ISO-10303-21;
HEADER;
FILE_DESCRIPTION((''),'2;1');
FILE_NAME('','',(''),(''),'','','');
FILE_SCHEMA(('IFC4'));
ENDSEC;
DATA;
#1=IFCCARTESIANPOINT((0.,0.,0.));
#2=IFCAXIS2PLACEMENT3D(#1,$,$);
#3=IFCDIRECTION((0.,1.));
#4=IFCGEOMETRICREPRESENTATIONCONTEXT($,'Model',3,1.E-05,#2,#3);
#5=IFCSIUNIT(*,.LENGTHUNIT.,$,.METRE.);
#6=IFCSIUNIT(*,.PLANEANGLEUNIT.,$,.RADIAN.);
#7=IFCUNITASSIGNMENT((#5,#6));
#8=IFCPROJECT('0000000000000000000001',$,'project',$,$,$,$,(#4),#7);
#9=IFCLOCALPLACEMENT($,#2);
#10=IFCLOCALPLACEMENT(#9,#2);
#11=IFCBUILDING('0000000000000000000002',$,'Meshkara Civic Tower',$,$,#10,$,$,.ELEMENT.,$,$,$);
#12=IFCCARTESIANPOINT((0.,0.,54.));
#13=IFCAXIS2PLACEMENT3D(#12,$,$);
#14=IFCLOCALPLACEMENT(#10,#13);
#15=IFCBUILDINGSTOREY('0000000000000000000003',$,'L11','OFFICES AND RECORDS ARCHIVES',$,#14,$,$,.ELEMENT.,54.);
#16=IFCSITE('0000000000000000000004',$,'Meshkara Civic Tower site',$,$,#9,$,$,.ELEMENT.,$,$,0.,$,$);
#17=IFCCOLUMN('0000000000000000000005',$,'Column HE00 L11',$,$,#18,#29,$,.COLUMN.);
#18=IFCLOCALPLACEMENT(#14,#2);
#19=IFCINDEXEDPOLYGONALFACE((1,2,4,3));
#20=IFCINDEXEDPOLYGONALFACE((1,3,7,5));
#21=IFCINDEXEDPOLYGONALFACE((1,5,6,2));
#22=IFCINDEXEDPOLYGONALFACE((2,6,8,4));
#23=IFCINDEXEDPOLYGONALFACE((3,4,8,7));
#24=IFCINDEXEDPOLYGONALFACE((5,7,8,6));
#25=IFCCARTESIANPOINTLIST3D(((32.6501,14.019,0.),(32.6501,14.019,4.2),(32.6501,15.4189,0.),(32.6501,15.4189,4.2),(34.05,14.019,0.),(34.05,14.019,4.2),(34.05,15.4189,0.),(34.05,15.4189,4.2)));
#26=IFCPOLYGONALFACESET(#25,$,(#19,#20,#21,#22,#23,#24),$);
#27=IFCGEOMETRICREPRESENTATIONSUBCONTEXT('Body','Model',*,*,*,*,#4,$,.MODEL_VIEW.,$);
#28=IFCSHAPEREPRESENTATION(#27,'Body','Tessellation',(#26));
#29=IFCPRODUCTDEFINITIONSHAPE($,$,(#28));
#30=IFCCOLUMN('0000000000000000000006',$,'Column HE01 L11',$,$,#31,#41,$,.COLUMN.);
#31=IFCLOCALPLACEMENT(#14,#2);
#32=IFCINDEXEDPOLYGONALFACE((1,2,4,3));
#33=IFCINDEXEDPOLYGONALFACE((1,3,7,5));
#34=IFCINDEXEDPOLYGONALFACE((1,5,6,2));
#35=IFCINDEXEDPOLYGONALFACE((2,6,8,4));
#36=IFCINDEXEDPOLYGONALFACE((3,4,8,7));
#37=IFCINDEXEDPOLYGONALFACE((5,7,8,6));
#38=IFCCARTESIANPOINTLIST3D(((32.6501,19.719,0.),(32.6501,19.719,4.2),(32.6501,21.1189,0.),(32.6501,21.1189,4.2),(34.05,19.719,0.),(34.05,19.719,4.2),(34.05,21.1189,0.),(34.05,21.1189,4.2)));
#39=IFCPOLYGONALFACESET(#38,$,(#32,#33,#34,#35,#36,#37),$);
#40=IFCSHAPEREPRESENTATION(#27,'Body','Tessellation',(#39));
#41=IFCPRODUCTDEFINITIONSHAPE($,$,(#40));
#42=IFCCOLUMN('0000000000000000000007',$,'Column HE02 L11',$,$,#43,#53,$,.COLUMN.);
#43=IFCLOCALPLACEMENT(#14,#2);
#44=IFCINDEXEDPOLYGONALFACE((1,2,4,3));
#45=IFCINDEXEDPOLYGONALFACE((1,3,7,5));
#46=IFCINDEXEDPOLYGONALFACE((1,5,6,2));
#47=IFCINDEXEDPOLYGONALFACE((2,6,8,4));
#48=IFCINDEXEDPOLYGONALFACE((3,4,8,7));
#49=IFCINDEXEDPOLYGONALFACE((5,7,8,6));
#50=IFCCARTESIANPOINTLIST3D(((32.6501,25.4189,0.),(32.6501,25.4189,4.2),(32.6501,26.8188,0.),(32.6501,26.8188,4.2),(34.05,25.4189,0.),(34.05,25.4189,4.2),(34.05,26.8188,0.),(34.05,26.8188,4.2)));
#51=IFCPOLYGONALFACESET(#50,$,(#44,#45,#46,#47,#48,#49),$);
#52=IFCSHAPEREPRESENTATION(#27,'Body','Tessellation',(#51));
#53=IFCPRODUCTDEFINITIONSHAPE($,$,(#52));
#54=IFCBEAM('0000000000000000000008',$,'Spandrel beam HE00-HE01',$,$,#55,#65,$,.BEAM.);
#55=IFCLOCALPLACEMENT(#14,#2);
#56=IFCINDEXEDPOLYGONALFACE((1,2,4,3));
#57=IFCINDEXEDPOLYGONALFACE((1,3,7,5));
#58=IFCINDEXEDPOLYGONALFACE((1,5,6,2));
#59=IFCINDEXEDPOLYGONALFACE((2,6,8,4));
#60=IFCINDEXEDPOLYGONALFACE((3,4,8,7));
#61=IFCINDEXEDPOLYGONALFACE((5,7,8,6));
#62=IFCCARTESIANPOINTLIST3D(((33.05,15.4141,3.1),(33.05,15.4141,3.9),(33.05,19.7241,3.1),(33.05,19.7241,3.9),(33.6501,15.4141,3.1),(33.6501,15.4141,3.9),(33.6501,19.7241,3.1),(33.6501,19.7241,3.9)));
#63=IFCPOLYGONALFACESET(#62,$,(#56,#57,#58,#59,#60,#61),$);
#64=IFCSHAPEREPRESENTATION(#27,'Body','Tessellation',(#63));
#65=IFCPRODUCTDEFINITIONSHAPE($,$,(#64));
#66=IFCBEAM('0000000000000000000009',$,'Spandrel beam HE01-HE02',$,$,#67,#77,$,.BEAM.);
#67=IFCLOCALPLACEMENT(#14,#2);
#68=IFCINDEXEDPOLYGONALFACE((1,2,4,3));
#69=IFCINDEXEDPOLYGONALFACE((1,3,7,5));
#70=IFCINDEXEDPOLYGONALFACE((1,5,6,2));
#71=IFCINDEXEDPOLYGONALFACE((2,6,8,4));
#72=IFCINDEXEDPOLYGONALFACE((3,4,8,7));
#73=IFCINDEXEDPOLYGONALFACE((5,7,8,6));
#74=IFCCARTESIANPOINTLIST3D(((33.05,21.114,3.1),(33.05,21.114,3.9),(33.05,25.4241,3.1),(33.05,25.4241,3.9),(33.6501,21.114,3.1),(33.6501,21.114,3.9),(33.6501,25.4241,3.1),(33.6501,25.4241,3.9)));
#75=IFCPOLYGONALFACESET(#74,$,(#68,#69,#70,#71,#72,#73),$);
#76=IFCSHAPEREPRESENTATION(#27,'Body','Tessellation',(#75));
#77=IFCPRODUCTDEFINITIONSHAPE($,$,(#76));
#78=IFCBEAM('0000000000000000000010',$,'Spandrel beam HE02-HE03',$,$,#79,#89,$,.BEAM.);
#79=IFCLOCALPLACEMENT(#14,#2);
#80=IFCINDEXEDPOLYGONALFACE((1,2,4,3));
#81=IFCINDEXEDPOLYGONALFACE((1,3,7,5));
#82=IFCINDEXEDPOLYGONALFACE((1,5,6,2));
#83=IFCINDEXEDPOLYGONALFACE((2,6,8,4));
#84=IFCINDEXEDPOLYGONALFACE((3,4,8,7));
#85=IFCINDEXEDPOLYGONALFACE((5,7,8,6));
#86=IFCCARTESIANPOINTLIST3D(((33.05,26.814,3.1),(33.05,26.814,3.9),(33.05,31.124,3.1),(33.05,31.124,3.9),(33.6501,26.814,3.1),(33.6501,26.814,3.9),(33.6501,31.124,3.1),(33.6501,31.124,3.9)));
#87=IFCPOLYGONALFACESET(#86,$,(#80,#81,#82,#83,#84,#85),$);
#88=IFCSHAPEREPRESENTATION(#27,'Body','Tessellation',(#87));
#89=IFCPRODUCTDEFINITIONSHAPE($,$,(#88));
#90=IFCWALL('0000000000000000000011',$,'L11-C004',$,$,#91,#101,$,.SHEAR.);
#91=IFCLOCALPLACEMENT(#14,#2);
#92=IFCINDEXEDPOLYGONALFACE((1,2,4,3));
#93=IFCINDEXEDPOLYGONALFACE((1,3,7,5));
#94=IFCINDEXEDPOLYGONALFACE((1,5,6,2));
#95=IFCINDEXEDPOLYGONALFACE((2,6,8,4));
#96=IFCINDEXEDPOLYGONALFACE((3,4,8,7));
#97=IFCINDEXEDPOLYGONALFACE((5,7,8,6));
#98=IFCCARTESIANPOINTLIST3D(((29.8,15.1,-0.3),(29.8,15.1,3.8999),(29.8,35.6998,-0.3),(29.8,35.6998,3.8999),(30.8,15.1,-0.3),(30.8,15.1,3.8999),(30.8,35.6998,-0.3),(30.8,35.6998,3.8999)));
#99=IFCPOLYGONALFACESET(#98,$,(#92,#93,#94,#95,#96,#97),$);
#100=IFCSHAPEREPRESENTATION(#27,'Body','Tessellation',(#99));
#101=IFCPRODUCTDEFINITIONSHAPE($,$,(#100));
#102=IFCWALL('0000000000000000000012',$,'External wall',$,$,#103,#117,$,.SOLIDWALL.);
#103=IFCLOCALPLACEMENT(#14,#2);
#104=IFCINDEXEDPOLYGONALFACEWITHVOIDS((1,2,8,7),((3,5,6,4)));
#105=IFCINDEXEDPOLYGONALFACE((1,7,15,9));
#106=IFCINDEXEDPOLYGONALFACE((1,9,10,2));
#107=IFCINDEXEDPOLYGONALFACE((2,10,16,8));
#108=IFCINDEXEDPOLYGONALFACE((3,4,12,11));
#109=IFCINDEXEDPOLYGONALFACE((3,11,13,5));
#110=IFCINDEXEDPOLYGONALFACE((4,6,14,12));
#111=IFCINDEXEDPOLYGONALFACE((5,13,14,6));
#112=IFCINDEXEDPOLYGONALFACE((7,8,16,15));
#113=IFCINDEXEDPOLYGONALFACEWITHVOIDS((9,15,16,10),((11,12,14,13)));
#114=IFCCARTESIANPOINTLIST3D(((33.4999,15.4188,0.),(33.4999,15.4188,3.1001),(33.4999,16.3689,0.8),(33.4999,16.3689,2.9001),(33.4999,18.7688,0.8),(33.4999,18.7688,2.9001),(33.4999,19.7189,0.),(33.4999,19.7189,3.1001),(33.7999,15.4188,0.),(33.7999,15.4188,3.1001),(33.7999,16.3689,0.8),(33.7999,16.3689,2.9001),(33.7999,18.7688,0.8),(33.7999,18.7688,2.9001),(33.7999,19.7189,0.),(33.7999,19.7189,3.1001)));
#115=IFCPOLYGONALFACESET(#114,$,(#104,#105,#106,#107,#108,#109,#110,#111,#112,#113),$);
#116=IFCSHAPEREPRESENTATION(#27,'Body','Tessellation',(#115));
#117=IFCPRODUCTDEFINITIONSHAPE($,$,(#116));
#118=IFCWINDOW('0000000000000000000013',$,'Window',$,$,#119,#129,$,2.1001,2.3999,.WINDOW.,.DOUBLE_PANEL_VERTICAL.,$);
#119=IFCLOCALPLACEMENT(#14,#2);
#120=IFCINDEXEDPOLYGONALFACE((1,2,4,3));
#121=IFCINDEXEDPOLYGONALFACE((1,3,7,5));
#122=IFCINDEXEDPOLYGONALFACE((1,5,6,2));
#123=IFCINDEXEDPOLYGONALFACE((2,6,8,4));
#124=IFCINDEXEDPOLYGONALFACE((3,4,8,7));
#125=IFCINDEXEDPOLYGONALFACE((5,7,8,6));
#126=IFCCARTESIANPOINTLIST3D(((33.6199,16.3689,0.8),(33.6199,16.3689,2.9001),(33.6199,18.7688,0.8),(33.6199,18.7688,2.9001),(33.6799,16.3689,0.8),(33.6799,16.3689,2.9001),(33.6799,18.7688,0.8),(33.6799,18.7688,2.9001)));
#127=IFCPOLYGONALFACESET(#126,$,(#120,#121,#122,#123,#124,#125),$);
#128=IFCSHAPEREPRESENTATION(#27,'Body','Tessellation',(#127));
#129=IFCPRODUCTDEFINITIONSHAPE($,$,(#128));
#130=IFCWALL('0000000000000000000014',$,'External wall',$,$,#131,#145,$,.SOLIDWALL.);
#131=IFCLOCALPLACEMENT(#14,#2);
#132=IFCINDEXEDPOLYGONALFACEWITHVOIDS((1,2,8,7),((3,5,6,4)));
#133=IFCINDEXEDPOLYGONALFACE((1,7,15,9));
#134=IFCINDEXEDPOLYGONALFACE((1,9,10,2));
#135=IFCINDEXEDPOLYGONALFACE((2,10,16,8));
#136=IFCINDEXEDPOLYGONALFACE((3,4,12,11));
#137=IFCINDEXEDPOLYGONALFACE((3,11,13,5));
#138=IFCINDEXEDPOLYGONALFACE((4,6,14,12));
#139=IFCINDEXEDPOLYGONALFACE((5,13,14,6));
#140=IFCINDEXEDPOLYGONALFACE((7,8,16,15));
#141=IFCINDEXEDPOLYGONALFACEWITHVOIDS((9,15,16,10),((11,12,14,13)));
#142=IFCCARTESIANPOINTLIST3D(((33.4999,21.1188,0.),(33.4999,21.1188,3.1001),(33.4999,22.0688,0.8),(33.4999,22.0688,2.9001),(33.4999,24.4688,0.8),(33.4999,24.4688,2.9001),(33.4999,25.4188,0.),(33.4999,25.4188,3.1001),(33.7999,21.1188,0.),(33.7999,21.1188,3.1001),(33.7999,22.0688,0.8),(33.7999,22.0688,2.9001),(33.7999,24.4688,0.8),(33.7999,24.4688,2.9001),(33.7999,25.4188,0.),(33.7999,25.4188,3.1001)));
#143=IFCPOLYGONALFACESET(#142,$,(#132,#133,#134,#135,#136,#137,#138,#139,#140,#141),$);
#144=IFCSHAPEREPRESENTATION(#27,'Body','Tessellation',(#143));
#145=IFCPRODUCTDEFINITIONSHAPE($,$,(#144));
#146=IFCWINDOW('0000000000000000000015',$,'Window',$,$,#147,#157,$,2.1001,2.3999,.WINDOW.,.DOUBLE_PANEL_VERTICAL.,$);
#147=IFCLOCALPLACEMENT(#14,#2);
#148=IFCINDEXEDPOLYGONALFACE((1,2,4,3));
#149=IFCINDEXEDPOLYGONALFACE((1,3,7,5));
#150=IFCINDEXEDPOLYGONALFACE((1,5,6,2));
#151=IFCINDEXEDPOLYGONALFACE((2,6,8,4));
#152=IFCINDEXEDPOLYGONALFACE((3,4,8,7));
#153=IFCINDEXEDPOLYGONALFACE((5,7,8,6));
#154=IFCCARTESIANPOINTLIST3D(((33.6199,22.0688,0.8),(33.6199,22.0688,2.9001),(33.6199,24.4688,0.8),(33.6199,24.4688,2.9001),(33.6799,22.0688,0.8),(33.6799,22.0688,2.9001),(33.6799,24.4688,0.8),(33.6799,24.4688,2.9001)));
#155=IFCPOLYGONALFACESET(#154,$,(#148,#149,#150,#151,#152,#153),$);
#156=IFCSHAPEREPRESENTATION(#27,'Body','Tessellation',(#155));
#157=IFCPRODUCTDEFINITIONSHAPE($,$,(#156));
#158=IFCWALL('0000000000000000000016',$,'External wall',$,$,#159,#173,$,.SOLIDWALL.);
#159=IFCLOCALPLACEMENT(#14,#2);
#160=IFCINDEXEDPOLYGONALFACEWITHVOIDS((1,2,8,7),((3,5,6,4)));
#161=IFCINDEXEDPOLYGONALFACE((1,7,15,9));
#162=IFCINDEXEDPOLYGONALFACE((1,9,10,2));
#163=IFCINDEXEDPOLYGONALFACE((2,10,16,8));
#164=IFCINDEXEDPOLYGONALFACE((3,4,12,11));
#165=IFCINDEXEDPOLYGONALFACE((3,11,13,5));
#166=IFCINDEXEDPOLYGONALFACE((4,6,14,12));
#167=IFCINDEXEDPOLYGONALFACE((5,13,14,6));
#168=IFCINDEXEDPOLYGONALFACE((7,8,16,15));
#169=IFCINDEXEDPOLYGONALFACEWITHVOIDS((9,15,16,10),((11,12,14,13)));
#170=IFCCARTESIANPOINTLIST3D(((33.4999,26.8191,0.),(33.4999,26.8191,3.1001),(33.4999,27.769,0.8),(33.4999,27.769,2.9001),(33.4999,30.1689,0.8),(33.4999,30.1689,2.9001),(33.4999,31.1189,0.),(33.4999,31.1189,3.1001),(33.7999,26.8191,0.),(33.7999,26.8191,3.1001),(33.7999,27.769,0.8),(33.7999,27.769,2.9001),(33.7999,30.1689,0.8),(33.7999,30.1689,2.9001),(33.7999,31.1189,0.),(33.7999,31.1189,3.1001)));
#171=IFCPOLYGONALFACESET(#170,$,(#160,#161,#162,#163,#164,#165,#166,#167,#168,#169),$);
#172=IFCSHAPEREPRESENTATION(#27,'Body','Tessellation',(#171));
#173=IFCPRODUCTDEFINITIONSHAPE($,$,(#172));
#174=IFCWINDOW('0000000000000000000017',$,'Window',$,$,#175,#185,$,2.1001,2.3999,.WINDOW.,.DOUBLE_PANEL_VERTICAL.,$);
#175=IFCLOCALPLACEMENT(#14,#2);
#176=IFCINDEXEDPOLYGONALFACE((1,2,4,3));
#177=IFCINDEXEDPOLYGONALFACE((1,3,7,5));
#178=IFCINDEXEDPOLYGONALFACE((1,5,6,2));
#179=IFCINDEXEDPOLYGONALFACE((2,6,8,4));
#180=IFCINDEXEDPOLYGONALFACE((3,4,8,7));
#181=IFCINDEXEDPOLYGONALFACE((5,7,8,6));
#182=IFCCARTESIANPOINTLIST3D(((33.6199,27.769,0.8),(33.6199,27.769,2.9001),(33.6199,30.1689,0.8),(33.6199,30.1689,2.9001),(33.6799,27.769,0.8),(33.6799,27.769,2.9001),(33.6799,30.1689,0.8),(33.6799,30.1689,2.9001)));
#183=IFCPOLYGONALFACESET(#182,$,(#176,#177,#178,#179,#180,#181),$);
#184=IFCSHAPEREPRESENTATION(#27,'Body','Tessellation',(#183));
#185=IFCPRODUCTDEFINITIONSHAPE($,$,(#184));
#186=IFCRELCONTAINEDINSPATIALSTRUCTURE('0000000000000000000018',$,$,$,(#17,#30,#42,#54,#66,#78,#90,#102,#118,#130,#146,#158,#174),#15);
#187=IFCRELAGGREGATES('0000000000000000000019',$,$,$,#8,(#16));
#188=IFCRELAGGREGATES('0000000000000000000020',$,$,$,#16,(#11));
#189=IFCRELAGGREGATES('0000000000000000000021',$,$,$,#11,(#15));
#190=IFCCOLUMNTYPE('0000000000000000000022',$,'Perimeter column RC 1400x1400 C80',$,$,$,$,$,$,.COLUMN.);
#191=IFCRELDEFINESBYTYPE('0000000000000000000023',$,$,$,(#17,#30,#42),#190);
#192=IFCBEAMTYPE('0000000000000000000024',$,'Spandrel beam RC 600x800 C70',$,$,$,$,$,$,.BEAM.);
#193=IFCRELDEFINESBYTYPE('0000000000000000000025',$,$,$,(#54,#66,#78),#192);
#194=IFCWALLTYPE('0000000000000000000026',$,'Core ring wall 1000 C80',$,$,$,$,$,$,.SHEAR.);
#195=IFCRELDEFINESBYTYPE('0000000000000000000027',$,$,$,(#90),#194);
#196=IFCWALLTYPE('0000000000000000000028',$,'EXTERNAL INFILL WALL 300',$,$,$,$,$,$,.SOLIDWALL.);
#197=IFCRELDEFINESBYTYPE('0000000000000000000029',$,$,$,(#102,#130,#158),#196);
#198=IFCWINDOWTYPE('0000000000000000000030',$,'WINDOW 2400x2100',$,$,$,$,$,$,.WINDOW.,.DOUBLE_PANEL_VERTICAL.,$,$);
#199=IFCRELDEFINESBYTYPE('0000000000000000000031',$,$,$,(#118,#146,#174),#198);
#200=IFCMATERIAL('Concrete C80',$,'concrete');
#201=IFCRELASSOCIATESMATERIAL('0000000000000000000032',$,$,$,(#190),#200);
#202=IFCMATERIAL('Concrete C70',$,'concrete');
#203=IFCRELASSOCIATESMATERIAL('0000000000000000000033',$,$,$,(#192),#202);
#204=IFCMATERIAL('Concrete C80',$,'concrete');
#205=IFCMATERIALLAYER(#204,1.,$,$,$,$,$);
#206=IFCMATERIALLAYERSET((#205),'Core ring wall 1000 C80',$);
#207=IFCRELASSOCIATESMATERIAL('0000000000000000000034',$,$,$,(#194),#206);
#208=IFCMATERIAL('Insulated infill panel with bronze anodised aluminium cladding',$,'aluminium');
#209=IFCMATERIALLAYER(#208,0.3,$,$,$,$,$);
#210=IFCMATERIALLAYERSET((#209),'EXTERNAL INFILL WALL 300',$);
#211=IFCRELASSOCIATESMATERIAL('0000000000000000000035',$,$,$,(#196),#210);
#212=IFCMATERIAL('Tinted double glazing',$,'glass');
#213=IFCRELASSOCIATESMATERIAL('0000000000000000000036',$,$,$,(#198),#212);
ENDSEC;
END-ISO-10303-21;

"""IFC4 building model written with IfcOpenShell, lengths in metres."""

from ifc_helpers import new_model, si_unit, direction, frame, frame_2d, origin, origin_2d, place, context, subcontext, project, spatial, rectangle, extrude, material, layer, layer_set, material_profile, profile_set, type_object, element, fill, save


model = new_model("IFC4")

# Units and contexts
model_context = context("Model", 3, precision=1e-05, world=origin(), true_north=direction((0.0, 1.0)))
body_context = subcontext(model_context, "Body", "Model", "MODEL_VIEW")
ifc_project = project(units=[si_unit("LENGTHUNIT", "METRE"), si_unit("PLANEANGLEUNIT", "RADIAN")], contexts=[model_context])

# Site, building, storey
site_placement = place(None, origin())
site = spatial("IfcSite", under=ifc_project, at=site_placement, Name="Meshkara Civic Tower site", CompositionType="ELEMENT", RefElevation=0.0)
building_placement = place(site_placement, origin())
building = spatial("IfcBuilding", under=site, at=building_placement, Name="Meshkara Civic Tower", CompositionType="ELEMENT")
storey_placement = place(building_placement, frame((0.0, 0.0, 54.0)))
storey = spatial("IfcBuildingStorey", under=building, at=storey_placement, Name="L11", Description="OFFICES AND RECORDS ARCHIVES", CompositionType="ELEMENT", Elevation=54.0)

# Columns
ifc_material_1 = material(Name="Concrete C80", Category="concrete")
ifc_material_profile_1 = material_profile(ifc_material_1, rectangle(XDim=1.3999, YDim=1.3999, at=origin_2d()))
ifc_profile_set_1 = profile_set([ifc_material_profile_1], Name="Concrete C80")
column_type = type_object("IfcColumnType", Name="Perimeter column RC 1400x1400 C80", PredefinedType="COLUMN", material=ifc_profile_set_1)
for number, where, z_axis, x_axis, name in (
    (1, (33.3501, 14.719, 0.0), (0.0, 0.0, 1.0), (1.0, 0.0, 0.0), "Column HE00 L11"),
    (2, (33.3501, 20.4189, 0.0), (0.0, 0.0, 1.0), (1.0, 0.0, 0.0), "Column HE01 L11"),
    (3, (33.3501, 26.1189, 0.0), (0.0, 0.0, 1.0), (1.0, 0.0, 0.0), "Column HE02 L11"),
):
    element("IfcColumn", number, at=place(storey_placement, frame(where, z_axis=z_axis, x_axis=x_axis)), inside=storey, type_object=column_type, Name=name, PredefinedType="COLUMN", context=body_context, shape_type="SweptSolid", body=[
        extrude(rectangle(XDim=1.3999, YDim=1.3999, at=origin_2d()), origin(), (0.0, 0.0, 1.0), 4.2),
    ])

# Beams
ifc_material_2 = material(Name="Concrete C70", Category="concrete")
ifc_material_profile_2 = material_profile(ifc_material_2, rectangle(XDim=0.6001, YDim=0.8, at=origin_2d()))
ifc_profile_set_2 = profile_set([ifc_material_profile_2], Name="Concrete C70")
beam_type = type_object("IfcBeamType", Name="Spandrel beam RC 600x800 C70", PredefinedType="BEAM", material=ifc_profile_set_2)
for number, where, z_axis, x_axis, name in (
    (4, (33.3501, 15.4141, 3.5), (0.0, 1.0, 0.0), (-1.0, 0.0, 0.0), "Spandrel beam HE00-HE01"),
    (5, (33.3501, 21.114, 3.5), (0.0, 1.0, 0.0), (-1.0, 0.0, 0.0), "Spandrel beam HE01-HE02"),
    (6, (33.3501, 26.814, 3.5), (0.0, 1.0, 0.0), (-1.0, 0.0, 0.0), "Spandrel beam HE02-HE03"),
):
    element("IfcBeam", number, at=place(storey_placement, frame(where, z_axis=z_axis, x_axis=x_axis)), inside=storey, type_object=beam_type, Name=name, PredefinedType="BEAM", context=body_context, shape_type="SweptSolid", body=[
        extrude(rectangle(XDim=0.6001, YDim=0.8, at=origin_2d()), origin(), (0.0, 0.0, 1.0), 4.3101),
    ])

# Wall
ifc_material_3 = material(Name="Concrete C80", Category="concrete")
ifc_layer_1 = layer(ifc_material_3, 1.0)
ifc_layer_set_1 = layer_set([ifc_layer_1], Name="Core ring wall 1000 C80")
wall_type_1 = type_object("IfcWallType", Name="Core ring wall 1000 C80", PredefinedType="SHEAR", material=ifc_layer_set_1)
wall_1_placement = place(storey_placement, frame((30.3, 15.1001, -0.3), z_axis=(0.0, 0.0, 1.0), x_axis=(0.0, 1.0, 0.0)))
element("IfcWall", 7, at=wall_1_placement, inside=storey, type_object=wall_type_1, Name="L11-C004", PredefinedType="SHEAR", context=body_context, shape_type="SweptSolid", body=[
    extrude(rectangle(XDim=20.5999, YDim=1.0, at=frame_2d((10.2998, 0.0))), origin(), (0.0, 0.0, 1.0), 4.2),
])

# Walls, openings, windows
ifc_material_4 = material(Name="Insulated infill panel with bronze anodised aluminium cladding", Category="aluminium")
ifc_layer_2 = layer(ifc_material_4, 0.3)
ifc_layer_set_2 = layer_set([ifc_layer_2], Name="EXTERNAL INFILL WALL 300")
wall_type_2 = type_object("IfcWallType", Name="EXTERNAL INFILL WALL 300", PredefinedType="SOLIDWALL", material=ifc_layer_set_2)
wall_2_placement = place(storey_placement, frame((33.6499, 15.4189, 0.0), z_axis=(0.0, 0.0, 1.0), x_axis=(0.0, 1.0, 0.0)))
wall_2 = element("IfcWall", 8, at=wall_2_placement, inside=storey, type_object=wall_type_2, Name="External wall", PredefinedType="SOLIDWALL", context=body_context, shape_type="SweptSolid", body=[
    extrude(rectangle(XDim=4.3, YDim=0.3, at=frame_2d((2.1499, 0.0))), origin(), (0.0, 0.0, 1.0), 3.1001),
])
opening_1_placement = place(wall_2_placement, frame((0.95, 0.0, 0.8)))
opening_1 = element("IfcOpeningElement", 9, at=opening_1_placement, cuts=wall_2, PredefinedType="OPENING", context=body_context, shape_type="SweptSolid", body=[
    extrude(rectangle(XDim=2.3999, YDim=2.1001, at=frame_2d((1.2, 1.05))), frame((0.0, 0.1599, 0.0), z_axis=(0.0, -1.0, 0.0), x_axis=(1.0, 0.0, 0.0)), (0.0, 0.0, 1.0), 0.3201),
])
ifc_material_5 = material(Name="Tinted double glazing", Category="glass")
window_type = type_object("IfcWindowType", Name="WINDOW 2400x2100", PartitioningType="DOUBLE_PANEL_VERTICAL", PredefinedType="WINDOW", material=ifc_material_5)
window_1_placement = place(opening_1_placement, origin())
window_1 = element("IfcWindow", 10, at=window_1_placement, inside=storey, type_object=window_type, Name="Window", OverallHeight=2.1001, OverallWidth=2.3999, PartitioningType="DOUBLE_PANEL_VERTICAL", PredefinedType="WINDOW", context=body_context, shape_type="SweptSolid", body=[
    extrude(rectangle(XDim=2.3999, YDim=2.1001, at=frame_2d((1.2, 1.05))), frame((0.0, 0.03, 0.0), z_axis=(0.0, -1.0, 0.0), x_axis=(1.0, 0.0, 0.0)), (0.0, 0.0, 1.0), 0.0601),
])
fill(opening_1, window_1)
wall_3_placement = place(storey_placement, frame((33.6499, 21.1189, 0.0), z_axis=(0.0, 0.0, 1.0), x_axis=(0.0, 1.0, 0.0)))
wall_3 = element("IfcWall", 11, at=wall_3_placement, inside=storey, type_object=wall_type_2, Name="External wall", PredefinedType="SOLIDWALL", context=body_context, shape_type="SweptSolid", body=[
    extrude(rectangle(XDim=4.3, YDim=0.3, at=frame_2d((2.1499, 0.0))), origin(), (0.0, 0.0, 1.0), 3.1001),
])
opening_2_placement = place(wall_3_placement, frame((0.95, 0.0, 0.8)))
opening_2 = element("IfcOpeningElement", 12, at=opening_2_placement, cuts=wall_3, PredefinedType="OPENING", context=body_context, shape_type="SweptSolid", body=[
    extrude(rectangle(XDim=2.3999, YDim=2.1001, at=frame_2d((1.2, 1.05))), frame((0.0, 0.1599, 0.0), z_axis=(0.0, -1.0, 0.0), x_axis=(1.0, 0.0, 0.0)), (0.0, 0.0, 1.0), 0.3201),
])
window_2_placement = place(opening_2_placement, origin())
window_2 = element("IfcWindow", 13, at=window_2_placement, inside=storey, type_object=window_type, Name="Window", OverallHeight=2.1001, OverallWidth=2.3999, PartitioningType="DOUBLE_PANEL_VERTICAL", PredefinedType="WINDOW", context=body_context, shape_type="SweptSolid", body=[
    extrude(rectangle(XDim=2.3999, YDim=2.1001, at=frame_2d((1.2, 1.05))), frame((0.0, 0.03, 0.0), z_axis=(0.0, -1.0, 0.0), x_axis=(1.0, 0.0, 0.0)), (0.0, 0.0, 1.0), 0.0601),
])
fill(opening_2, window_2)
wall_4_placement = place(storey_placement, frame((33.6499, 26.8191, 0.0), z_axis=(0.0, 0.0, 1.0), x_axis=(0.0, 1.0, 0.0)))
wall_4 = element("IfcWall", 14, at=wall_4_placement, inside=storey, type_object=wall_type_2, Name="External wall", PredefinedType="SOLIDWALL", context=body_context, shape_type="SweptSolid", body=[
    extrude(rectangle(XDim=4.2998, YDim=0.3, at=frame_2d((2.1499, 0.0))), origin(), (0.0, 0.0, 1.0), 3.1001),
])
opening_3_placement = place(wall_4_placement, frame((0.95, 0.0, 0.8)))
opening_3 = element("IfcOpeningElement", 15, at=opening_3_placement, cuts=wall_4, PredefinedType="OPENING", context=body_context, shape_type="SweptSolid", body=[
    extrude(rectangle(XDim=2.3999, YDim=2.1001, at=frame_2d((1.2, 1.05))), frame((0.0, 0.1599, 0.0), z_axis=(0.0, -1.0, 0.0), x_axis=(1.0, 0.0, 0.0)), (0.0, 0.0, 1.0), 0.3201),
])
window_3_placement = place(opening_3_placement, origin())
window_3 = element("IfcWindow", 16, at=window_3_placement, inside=storey, type_object=window_type, Name="Window", OverallHeight=2.1001, OverallWidth=2.3999, PartitioningType="DOUBLE_PANEL_VERTICAL", PredefinedType="WINDOW", context=body_context, shape_type="SweptSolid", body=[
    extrude(rectangle(XDim=2.3999, YDim=2.1001, at=frame_2d((1.2, 1.05))), frame((0.0, 0.03, 0.0), z_axis=(0.0, -1.0, 0.0), x_axis=(1.0, 0.0, 0.0)), (0.0, 0.0, 1.0), 0.0601),
])
fill(opening_3, window_3)

save(model, "model.ifc")
